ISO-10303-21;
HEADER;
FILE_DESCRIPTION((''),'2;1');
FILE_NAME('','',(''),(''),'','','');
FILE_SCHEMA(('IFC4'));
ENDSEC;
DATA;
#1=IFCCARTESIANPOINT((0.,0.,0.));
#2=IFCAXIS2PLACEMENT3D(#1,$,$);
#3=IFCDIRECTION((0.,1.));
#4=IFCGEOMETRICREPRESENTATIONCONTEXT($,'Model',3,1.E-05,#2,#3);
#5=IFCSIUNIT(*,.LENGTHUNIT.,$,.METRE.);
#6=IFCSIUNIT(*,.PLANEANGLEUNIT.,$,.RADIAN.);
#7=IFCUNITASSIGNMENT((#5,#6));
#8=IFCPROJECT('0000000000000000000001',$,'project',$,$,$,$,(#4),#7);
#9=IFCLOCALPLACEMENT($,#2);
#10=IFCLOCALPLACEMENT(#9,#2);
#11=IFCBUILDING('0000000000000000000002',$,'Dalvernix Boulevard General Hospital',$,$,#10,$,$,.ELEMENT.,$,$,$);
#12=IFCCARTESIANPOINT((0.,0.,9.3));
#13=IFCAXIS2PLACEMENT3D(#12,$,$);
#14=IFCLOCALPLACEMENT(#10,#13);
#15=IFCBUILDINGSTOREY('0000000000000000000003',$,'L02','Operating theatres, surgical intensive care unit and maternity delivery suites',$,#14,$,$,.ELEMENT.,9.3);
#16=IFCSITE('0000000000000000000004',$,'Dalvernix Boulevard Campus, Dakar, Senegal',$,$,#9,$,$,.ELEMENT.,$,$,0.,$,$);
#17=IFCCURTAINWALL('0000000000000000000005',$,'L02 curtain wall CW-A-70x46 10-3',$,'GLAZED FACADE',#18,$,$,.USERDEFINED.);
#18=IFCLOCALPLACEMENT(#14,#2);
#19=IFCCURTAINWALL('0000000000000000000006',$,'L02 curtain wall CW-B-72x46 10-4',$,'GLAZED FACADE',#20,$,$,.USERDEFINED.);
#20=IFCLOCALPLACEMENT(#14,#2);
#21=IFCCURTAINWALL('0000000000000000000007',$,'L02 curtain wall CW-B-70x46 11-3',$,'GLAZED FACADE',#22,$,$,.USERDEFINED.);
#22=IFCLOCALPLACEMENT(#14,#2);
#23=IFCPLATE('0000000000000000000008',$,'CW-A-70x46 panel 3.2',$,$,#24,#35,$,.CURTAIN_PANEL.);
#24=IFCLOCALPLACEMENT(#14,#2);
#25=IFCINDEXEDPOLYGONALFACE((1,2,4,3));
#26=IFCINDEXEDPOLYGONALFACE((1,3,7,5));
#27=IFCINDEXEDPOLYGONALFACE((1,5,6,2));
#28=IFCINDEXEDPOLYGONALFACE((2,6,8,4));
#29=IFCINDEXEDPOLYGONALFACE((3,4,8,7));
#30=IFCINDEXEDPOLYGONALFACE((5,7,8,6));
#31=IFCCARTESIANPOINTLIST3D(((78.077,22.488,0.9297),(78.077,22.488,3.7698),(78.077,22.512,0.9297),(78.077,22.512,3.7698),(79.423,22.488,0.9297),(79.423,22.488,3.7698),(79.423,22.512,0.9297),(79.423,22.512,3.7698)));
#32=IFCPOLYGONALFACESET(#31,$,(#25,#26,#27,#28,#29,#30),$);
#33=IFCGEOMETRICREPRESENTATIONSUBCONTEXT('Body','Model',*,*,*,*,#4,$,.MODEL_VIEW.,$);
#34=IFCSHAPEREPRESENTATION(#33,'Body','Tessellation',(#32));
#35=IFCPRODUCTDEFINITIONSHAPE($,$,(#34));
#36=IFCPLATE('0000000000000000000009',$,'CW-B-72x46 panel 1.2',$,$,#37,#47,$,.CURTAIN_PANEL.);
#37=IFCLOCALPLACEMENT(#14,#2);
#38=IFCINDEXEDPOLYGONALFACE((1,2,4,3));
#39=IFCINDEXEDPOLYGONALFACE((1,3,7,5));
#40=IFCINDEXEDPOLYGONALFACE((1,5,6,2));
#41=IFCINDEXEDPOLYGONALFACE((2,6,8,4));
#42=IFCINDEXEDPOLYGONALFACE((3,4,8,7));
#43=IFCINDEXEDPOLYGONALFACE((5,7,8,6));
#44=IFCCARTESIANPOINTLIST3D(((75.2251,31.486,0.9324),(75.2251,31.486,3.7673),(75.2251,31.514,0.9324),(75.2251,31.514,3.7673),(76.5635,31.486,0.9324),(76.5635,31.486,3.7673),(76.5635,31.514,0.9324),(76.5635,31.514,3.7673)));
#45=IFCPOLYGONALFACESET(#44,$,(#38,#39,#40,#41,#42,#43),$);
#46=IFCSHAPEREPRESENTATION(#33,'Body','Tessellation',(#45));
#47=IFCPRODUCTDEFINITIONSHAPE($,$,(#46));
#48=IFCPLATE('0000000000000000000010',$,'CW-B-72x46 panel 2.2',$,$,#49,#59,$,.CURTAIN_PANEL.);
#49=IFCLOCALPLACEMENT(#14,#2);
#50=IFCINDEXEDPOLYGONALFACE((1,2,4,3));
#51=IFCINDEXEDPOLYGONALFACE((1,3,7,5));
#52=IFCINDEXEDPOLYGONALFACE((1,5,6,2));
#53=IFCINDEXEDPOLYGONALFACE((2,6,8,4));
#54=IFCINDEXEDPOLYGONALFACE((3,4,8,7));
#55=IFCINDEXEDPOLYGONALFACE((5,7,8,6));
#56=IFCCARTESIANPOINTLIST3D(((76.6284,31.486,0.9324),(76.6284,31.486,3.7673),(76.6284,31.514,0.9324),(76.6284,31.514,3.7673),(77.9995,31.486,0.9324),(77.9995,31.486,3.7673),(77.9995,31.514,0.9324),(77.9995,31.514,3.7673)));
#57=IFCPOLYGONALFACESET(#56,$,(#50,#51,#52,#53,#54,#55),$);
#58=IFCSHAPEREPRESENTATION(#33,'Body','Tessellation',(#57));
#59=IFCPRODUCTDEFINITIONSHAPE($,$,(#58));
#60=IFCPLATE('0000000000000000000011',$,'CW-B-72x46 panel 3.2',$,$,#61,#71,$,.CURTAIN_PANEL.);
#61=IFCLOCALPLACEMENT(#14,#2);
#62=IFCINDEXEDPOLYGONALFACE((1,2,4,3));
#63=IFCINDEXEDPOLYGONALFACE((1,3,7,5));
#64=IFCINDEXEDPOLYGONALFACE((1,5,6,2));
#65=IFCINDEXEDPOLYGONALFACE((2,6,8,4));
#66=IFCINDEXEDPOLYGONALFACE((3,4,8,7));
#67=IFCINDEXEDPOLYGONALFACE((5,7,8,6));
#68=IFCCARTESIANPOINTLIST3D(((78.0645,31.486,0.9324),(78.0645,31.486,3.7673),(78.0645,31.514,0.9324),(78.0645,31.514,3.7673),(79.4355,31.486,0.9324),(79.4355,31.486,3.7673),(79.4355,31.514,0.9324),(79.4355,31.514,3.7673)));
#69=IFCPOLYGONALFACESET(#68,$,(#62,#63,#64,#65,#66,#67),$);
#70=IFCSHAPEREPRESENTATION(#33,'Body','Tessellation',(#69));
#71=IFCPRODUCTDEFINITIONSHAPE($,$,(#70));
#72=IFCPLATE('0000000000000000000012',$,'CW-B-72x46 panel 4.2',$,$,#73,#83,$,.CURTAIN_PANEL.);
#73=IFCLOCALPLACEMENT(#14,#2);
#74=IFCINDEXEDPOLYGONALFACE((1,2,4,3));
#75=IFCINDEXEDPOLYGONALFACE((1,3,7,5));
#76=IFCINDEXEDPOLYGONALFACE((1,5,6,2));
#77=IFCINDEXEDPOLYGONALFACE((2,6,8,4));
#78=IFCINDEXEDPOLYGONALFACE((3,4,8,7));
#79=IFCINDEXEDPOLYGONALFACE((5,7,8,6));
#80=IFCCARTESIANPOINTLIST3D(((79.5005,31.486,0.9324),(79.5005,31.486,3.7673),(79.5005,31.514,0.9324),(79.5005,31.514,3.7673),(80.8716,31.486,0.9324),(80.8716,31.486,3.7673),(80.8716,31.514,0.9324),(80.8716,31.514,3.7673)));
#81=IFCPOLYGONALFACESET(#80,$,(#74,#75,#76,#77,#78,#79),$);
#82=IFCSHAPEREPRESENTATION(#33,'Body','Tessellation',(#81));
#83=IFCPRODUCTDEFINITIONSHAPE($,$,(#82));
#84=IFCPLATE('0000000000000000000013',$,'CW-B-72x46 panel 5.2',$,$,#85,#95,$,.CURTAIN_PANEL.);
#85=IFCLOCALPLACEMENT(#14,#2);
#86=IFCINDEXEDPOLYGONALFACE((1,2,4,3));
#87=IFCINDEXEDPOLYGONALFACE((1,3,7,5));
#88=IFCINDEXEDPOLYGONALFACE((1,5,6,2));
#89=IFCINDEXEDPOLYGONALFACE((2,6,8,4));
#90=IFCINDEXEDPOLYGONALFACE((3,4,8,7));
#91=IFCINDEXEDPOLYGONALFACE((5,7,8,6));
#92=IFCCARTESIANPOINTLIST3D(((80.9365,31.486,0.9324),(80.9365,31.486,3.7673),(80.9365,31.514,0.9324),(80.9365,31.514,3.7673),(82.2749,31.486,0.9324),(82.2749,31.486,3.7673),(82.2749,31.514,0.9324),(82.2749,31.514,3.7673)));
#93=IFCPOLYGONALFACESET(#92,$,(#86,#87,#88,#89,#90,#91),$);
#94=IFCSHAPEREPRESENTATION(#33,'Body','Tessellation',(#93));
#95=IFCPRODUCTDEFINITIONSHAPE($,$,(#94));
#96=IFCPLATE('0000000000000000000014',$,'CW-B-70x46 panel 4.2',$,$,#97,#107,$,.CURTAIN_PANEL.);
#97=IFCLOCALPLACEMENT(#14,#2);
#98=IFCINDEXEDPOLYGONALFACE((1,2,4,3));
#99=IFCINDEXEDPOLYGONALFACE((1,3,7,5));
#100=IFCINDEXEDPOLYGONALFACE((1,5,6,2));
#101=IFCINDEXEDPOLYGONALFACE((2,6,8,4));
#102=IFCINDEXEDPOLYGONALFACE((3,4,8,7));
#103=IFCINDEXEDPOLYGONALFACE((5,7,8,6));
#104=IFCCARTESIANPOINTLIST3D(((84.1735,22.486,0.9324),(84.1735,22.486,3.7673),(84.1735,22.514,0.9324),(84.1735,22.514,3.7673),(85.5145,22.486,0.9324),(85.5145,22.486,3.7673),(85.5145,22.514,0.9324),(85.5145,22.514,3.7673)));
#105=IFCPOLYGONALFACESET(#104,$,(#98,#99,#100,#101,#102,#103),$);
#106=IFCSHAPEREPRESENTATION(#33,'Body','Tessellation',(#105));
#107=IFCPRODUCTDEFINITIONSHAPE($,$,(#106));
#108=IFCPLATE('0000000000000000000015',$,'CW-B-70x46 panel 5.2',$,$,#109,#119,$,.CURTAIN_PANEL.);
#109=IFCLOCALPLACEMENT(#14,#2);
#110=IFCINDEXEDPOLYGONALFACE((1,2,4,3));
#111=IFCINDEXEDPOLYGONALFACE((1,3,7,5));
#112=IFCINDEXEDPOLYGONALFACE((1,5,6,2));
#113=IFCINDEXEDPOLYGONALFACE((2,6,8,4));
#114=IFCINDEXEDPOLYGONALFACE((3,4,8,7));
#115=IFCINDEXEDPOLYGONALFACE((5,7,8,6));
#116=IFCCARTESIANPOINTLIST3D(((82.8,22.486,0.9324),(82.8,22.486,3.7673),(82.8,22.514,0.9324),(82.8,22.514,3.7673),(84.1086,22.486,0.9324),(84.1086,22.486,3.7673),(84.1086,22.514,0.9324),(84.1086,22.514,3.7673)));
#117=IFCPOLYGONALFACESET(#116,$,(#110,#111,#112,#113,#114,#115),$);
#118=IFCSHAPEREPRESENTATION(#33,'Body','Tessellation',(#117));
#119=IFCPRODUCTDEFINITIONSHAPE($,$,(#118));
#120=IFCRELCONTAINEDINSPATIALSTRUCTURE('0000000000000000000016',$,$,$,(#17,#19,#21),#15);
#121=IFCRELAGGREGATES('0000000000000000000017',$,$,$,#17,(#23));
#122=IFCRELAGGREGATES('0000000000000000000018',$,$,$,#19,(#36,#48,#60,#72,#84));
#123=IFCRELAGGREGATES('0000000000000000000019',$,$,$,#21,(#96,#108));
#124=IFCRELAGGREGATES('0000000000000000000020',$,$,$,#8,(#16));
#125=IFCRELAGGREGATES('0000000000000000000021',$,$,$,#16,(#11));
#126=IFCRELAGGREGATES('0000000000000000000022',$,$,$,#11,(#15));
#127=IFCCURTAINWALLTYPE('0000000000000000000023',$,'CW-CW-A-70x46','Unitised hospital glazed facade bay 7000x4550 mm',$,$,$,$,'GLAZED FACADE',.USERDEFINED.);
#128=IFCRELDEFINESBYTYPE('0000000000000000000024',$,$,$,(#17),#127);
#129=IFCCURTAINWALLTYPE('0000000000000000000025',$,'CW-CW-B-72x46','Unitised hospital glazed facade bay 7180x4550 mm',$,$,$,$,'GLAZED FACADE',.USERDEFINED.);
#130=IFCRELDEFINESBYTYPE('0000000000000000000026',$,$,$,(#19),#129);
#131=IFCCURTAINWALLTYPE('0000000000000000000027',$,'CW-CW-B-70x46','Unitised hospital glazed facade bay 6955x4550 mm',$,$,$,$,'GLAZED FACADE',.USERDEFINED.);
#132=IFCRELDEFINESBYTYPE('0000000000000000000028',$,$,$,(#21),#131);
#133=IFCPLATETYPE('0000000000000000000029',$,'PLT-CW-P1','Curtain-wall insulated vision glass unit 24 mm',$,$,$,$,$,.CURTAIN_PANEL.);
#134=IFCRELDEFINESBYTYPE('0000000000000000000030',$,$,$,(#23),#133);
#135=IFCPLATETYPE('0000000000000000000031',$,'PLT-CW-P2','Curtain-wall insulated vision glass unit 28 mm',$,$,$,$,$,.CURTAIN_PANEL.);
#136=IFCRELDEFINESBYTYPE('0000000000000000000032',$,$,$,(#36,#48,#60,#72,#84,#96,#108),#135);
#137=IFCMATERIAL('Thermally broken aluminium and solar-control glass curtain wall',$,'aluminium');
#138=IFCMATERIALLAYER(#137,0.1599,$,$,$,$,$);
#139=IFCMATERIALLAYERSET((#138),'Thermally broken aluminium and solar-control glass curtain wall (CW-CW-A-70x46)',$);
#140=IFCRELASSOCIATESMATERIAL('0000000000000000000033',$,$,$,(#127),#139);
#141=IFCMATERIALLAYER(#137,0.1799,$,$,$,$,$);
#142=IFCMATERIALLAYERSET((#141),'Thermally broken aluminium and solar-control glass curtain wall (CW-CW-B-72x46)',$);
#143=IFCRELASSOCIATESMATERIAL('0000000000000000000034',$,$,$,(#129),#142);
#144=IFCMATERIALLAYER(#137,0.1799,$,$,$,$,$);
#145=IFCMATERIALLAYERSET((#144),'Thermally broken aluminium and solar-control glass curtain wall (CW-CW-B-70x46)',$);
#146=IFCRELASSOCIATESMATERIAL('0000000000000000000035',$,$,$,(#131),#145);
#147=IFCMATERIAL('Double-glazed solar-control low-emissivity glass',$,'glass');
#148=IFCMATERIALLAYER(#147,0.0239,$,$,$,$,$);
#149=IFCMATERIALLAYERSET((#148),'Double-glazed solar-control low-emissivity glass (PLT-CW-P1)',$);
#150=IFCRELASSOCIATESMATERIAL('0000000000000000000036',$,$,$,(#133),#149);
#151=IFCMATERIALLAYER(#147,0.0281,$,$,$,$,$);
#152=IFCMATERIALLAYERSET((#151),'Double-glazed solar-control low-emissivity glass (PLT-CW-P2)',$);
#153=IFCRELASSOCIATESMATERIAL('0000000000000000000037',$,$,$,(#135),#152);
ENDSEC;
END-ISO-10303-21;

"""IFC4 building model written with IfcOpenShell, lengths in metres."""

from ifc_helpers import new_model, si_unit, direction, frame, origin, origin_2d, place, context, subcontext, project, spatial, rectangle, extrude, material, layer, layer_set, type_object, element, aggregate, save


model = new_model("IFC4")

# Units and contexts
model_context = context("Model", 3, precision=1e-05, world=origin(), true_north=direction((0.0, 1.0)))
body_context = subcontext(model_context, "Body", "Model", "MODEL_VIEW")
ifc_project = project(units=[si_unit("LENGTHUNIT", "METRE"), si_unit("PLANEANGLEUNIT", "RADIAN")], contexts=[model_context])

# Site, building, storey
site_placement = place(None, origin())
site = spatial("IfcSite", under=ifc_project, at=site_placement, Name="Dalvernix Boulevard Campus, Dakar, Senegal", CompositionType="ELEMENT", RefElevation=0.0)
building_placement = place(site_placement, origin())
building = spatial("IfcBuilding", under=site, at=building_placement, Name="Dalvernix Boulevard General Hospital", CompositionType="ELEMENT")
storey_placement = place(building_placement, frame((0.0, 0.0, 9.3)))
storey = spatial("IfcBuildingStorey", under=building, at=storey_placement, Name="L02", Description="Operating theatres, surgical intensive care unit and maternity delivery suites", CompositionType="ELEMENT", Elevation=9.3)

# Curtain walls
ifc_material_1 = material(Name="Thermally broken aluminium and solar-control glass curtain wall", Category="aluminium")
ifc_layer_1 = layer(ifc_material_1, 0.1599)
ifc_layer_set_1 = layer_set([ifc_layer_1], Name="Thermally broken aluminium and solar-control glass curtain wall (CW-CW-A-70x46)")
curtain_wall_type_1 = type_object("IfcCurtainWallType", Name="CW-CW-A-70x46", Description="Unitised hospital glazed facade bay 7000x4550 mm", ElementType="GLAZED FACADE", PredefinedType="USERDEFINED", material=ifc_layer_set_1)
curtain_wall_1_placement = place(storey_placement, origin())
curtain_wall_1 = element("IfcCurtainWall", 1, at=curtain_wall_1_placement, inside=storey, type_object=curtain_wall_type_1, Name="L02 curtain wall CW-A-70x46 10-3", ObjectType="GLAZED FACADE", PredefinedType="USERDEFINED")
ifc_layer_2 = layer(ifc_material_1, 0.1799)
ifc_layer_set_2 = layer_set([ifc_layer_2], Name="Thermally broken aluminium and solar-control glass curtain wall (CW-CW-B-72x46)")
curtain_wall_type_2 = type_object("IfcCurtainWallType", Name="CW-CW-B-72x46", Description="Unitised hospital glazed facade bay 7180x4550 mm", ElementType="GLAZED FACADE", PredefinedType="USERDEFINED", material=ifc_layer_set_2)
curtain_wall_2_placement = place(storey_placement, origin())
curtain_wall_2 = element("IfcCurtainWall", 2, at=curtain_wall_2_placement, inside=storey, type_object=curtain_wall_type_2, Name="L02 curtain wall CW-B-72x46 10-4", ObjectType="GLAZED FACADE", PredefinedType="USERDEFINED")
ifc_layer_3 = layer(ifc_material_1, 0.1799)
ifc_layer_set_3 = layer_set([ifc_layer_3], Name="Thermally broken aluminium and solar-control glass curtain wall (CW-CW-B-70x46)")
curtain_wall_type_3 = type_object("IfcCurtainWallType", Name="CW-CW-B-70x46", Description="Unitised hospital glazed facade bay 6955x4550 mm", ElementType="GLAZED FACADE", PredefinedType="USERDEFINED", material=ifc_layer_set_3)
curtain_wall_3_placement = place(storey_placement, origin())
curtain_wall_3 = element("IfcCurtainWall", 3, at=curtain_wall_3_placement, inside=storey, type_object=curtain_wall_type_3, Name="L02 curtain wall CW-B-70x46 11-3", ObjectType="GLAZED FACADE", PredefinedType="USERDEFINED")

# Plates
ifc_material_2 = material(Name="Double-glazed solar-control low-emissivity glass", Category="glass")
ifc_layer_4 = layer(ifc_material_2, 0.0239)
ifc_layer_set_4 = layer_set([ifc_layer_4], Name="Double-glazed solar-control low-emissivity glass (PLT-CW-P1)")
plate_type_1 = type_object("IfcPlateType", Name="PLT-CW-P1", Description="Curtain-wall insulated vision glass unit 24 mm", PredefinedType="CURTAIN_PANEL", material=ifc_layer_set_4)
plate_1_placement = place(storey_placement, frame((78.75, 22.5, 0.9297), z_axis=(0.0, 0.0, 1.0), x_axis=(-1.0, 0.0, 0.0)))
plate_1 = element("IfcPlate", 4, at=plate_1_placement, type_object=plate_type_1, Name="CW-A-70x46 panel 3.2", PredefinedType="CURTAIN_PANEL", context=body_context, shape_type="SweptSolid", body=[
    extrude(rectangle(XDim=1.3459, YDim=0.0239, at=origin_2d()), origin(), (0.0, 0.0, 1.0), 2.8401),
])
aggregate(curtain_wall_1, [plate_1])
ifc_layer_5 = layer(ifc_material_2, 0.0281)
ifc_layer_set_5 = layer_set([ifc_layer_5], Name="Double-glazed solar-control low-emissivity glass (PLT-CW-P2)")
plate_type_2 = type_object("IfcPlateType", Name="PLT-CW-P2", Description="Curtain-wall insulated vision glass unit 28 mm", PredefinedType="CURTAIN_PANEL", material=ifc_layer_set_5)
plate_2_placement = place(storey_placement, frame((75.8943, 31.5, 0.9324), z_axis=(0.0, 0.0, 1.0), x_axis=(1.0, 0.0, 0.0)))
plate_2 = element("IfcPlate", 5, at=plate_2_placement, type_object=plate_type_2, Name="CW-B-72x46 panel 1.2", PredefinedType="CURTAIN_PANEL", context=body_context, shape_type="SweptSolid", body=[
    extrude(rectangle(XDim=1.3384, YDim=0.0281, at=origin_2d()), origin(), (0.0, 0.0, 1.0), 2.835),
])
plate_3_placement = place(storey_placement, frame((77.314, 31.5, 0.9324), z_axis=(0.0, 0.0, 1.0), x_axis=(1.0, 0.0, 0.0)))
plate_3 = element("IfcPlate", 6, at=plate_3_placement, type_object=plate_type_2, Name="CW-B-72x46 panel 2.2", PredefinedType="CURTAIN_PANEL", context=body_context, shape_type="SweptSolid", body=[
    extrude(rectangle(XDim=1.3711, YDim=0.0281, at=origin_2d()), origin(), (0.0, 0.0, 1.0), 2.835),
])
plate_4_placement = place(storey_placement, frame((78.75, 31.5, 0.9324), z_axis=(0.0, 0.0, 1.0), x_axis=(1.0, 0.0, 0.0)))
plate_4 = element("IfcPlate", 7, at=plate_4_placement, type_object=plate_type_2, Name="CW-B-72x46 panel 3.2", PredefinedType="CURTAIN_PANEL", context=body_context, shape_type="SweptSolid", body=[
    extrude(rectangle(XDim=1.3711, YDim=0.0281, at=origin_2d()), origin(), (0.0, 0.0, 1.0), 2.835),
])
plate_5_placement = place(storey_placement, frame((80.186, 31.5, 0.9324), z_axis=(0.0, 0.0, 1.0), x_axis=(1.0, 0.0, 0.0)))
plate_5 = element("IfcPlate", 8, at=plate_5_placement, type_object=plate_type_2, Name="CW-B-72x46 panel 4.2", PredefinedType="CURTAIN_PANEL", context=body_context, shape_type="SweptSolid", body=[
    extrude(rectangle(XDim=1.3711, YDim=0.0281, at=origin_2d()), origin(), (0.0, 0.0, 1.0), 2.835),
])
plate_6_placement = place(storey_placement, frame((81.6057, 31.5, 0.9324), z_axis=(0.0, 0.0, 1.0), x_axis=(1.0, 0.0, 0.0)))
plate_6 = element("IfcPlate", 9, at=plate_6_placement, type_object=plate_type_2, Name="CW-B-72x46 panel 5.2", PredefinedType="CURTAIN_PANEL", context=body_context, shape_type="SweptSolid", body=[
    extrude(rectangle(XDim=1.3384, YDim=0.0281, at=origin_2d()), origin(), (0.0, 0.0, 1.0), 2.835),
])
aggregate(curtain_wall_2, [plate_2, plate_3, plate_4, plate_5, plate_6])
plate_7_placement = place(storey_placement, frame((84.844, 22.5, 0.9324), z_axis=(0.0, 0.0, 1.0), x_axis=(-1.0, 0.0, 0.0)))
plate_7 = element("IfcPlate", 10, at=plate_7_placement, type_object=plate_type_2, Name="CW-B-70x46 panel 4.2", PredefinedType="CURTAIN_PANEL", context=body_context, shape_type="SweptSolid", body=[
    extrude(rectangle(XDim=1.3411, YDim=0.0281, at=origin_2d()), origin(), (0.0, 0.0, 1.0), 2.835),
])
plate_8_placement = place(storey_placement, frame((83.4543, 22.5, 0.9324), z_axis=(0.0, 0.0, 1.0), x_axis=(-1.0, 0.0, 0.0)))
plate_8 = element("IfcPlate", 11, at=plate_8_placement, type_object=plate_type_2, Name="CW-B-70x46 panel 5.2", PredefinedType="CURTAIN_PANEL", context=body_context, shape_type="SweptSolid", body=[
    extrude(rectangle(XDim=1.3086, YDim=0.0281, at=origin_2d()), origin(), (0.0, 0.0, 1.0), 2.835),
])
aggregate(curtain_wall_3, [plate_7, plate_8])

save(model, "model.ifc")
